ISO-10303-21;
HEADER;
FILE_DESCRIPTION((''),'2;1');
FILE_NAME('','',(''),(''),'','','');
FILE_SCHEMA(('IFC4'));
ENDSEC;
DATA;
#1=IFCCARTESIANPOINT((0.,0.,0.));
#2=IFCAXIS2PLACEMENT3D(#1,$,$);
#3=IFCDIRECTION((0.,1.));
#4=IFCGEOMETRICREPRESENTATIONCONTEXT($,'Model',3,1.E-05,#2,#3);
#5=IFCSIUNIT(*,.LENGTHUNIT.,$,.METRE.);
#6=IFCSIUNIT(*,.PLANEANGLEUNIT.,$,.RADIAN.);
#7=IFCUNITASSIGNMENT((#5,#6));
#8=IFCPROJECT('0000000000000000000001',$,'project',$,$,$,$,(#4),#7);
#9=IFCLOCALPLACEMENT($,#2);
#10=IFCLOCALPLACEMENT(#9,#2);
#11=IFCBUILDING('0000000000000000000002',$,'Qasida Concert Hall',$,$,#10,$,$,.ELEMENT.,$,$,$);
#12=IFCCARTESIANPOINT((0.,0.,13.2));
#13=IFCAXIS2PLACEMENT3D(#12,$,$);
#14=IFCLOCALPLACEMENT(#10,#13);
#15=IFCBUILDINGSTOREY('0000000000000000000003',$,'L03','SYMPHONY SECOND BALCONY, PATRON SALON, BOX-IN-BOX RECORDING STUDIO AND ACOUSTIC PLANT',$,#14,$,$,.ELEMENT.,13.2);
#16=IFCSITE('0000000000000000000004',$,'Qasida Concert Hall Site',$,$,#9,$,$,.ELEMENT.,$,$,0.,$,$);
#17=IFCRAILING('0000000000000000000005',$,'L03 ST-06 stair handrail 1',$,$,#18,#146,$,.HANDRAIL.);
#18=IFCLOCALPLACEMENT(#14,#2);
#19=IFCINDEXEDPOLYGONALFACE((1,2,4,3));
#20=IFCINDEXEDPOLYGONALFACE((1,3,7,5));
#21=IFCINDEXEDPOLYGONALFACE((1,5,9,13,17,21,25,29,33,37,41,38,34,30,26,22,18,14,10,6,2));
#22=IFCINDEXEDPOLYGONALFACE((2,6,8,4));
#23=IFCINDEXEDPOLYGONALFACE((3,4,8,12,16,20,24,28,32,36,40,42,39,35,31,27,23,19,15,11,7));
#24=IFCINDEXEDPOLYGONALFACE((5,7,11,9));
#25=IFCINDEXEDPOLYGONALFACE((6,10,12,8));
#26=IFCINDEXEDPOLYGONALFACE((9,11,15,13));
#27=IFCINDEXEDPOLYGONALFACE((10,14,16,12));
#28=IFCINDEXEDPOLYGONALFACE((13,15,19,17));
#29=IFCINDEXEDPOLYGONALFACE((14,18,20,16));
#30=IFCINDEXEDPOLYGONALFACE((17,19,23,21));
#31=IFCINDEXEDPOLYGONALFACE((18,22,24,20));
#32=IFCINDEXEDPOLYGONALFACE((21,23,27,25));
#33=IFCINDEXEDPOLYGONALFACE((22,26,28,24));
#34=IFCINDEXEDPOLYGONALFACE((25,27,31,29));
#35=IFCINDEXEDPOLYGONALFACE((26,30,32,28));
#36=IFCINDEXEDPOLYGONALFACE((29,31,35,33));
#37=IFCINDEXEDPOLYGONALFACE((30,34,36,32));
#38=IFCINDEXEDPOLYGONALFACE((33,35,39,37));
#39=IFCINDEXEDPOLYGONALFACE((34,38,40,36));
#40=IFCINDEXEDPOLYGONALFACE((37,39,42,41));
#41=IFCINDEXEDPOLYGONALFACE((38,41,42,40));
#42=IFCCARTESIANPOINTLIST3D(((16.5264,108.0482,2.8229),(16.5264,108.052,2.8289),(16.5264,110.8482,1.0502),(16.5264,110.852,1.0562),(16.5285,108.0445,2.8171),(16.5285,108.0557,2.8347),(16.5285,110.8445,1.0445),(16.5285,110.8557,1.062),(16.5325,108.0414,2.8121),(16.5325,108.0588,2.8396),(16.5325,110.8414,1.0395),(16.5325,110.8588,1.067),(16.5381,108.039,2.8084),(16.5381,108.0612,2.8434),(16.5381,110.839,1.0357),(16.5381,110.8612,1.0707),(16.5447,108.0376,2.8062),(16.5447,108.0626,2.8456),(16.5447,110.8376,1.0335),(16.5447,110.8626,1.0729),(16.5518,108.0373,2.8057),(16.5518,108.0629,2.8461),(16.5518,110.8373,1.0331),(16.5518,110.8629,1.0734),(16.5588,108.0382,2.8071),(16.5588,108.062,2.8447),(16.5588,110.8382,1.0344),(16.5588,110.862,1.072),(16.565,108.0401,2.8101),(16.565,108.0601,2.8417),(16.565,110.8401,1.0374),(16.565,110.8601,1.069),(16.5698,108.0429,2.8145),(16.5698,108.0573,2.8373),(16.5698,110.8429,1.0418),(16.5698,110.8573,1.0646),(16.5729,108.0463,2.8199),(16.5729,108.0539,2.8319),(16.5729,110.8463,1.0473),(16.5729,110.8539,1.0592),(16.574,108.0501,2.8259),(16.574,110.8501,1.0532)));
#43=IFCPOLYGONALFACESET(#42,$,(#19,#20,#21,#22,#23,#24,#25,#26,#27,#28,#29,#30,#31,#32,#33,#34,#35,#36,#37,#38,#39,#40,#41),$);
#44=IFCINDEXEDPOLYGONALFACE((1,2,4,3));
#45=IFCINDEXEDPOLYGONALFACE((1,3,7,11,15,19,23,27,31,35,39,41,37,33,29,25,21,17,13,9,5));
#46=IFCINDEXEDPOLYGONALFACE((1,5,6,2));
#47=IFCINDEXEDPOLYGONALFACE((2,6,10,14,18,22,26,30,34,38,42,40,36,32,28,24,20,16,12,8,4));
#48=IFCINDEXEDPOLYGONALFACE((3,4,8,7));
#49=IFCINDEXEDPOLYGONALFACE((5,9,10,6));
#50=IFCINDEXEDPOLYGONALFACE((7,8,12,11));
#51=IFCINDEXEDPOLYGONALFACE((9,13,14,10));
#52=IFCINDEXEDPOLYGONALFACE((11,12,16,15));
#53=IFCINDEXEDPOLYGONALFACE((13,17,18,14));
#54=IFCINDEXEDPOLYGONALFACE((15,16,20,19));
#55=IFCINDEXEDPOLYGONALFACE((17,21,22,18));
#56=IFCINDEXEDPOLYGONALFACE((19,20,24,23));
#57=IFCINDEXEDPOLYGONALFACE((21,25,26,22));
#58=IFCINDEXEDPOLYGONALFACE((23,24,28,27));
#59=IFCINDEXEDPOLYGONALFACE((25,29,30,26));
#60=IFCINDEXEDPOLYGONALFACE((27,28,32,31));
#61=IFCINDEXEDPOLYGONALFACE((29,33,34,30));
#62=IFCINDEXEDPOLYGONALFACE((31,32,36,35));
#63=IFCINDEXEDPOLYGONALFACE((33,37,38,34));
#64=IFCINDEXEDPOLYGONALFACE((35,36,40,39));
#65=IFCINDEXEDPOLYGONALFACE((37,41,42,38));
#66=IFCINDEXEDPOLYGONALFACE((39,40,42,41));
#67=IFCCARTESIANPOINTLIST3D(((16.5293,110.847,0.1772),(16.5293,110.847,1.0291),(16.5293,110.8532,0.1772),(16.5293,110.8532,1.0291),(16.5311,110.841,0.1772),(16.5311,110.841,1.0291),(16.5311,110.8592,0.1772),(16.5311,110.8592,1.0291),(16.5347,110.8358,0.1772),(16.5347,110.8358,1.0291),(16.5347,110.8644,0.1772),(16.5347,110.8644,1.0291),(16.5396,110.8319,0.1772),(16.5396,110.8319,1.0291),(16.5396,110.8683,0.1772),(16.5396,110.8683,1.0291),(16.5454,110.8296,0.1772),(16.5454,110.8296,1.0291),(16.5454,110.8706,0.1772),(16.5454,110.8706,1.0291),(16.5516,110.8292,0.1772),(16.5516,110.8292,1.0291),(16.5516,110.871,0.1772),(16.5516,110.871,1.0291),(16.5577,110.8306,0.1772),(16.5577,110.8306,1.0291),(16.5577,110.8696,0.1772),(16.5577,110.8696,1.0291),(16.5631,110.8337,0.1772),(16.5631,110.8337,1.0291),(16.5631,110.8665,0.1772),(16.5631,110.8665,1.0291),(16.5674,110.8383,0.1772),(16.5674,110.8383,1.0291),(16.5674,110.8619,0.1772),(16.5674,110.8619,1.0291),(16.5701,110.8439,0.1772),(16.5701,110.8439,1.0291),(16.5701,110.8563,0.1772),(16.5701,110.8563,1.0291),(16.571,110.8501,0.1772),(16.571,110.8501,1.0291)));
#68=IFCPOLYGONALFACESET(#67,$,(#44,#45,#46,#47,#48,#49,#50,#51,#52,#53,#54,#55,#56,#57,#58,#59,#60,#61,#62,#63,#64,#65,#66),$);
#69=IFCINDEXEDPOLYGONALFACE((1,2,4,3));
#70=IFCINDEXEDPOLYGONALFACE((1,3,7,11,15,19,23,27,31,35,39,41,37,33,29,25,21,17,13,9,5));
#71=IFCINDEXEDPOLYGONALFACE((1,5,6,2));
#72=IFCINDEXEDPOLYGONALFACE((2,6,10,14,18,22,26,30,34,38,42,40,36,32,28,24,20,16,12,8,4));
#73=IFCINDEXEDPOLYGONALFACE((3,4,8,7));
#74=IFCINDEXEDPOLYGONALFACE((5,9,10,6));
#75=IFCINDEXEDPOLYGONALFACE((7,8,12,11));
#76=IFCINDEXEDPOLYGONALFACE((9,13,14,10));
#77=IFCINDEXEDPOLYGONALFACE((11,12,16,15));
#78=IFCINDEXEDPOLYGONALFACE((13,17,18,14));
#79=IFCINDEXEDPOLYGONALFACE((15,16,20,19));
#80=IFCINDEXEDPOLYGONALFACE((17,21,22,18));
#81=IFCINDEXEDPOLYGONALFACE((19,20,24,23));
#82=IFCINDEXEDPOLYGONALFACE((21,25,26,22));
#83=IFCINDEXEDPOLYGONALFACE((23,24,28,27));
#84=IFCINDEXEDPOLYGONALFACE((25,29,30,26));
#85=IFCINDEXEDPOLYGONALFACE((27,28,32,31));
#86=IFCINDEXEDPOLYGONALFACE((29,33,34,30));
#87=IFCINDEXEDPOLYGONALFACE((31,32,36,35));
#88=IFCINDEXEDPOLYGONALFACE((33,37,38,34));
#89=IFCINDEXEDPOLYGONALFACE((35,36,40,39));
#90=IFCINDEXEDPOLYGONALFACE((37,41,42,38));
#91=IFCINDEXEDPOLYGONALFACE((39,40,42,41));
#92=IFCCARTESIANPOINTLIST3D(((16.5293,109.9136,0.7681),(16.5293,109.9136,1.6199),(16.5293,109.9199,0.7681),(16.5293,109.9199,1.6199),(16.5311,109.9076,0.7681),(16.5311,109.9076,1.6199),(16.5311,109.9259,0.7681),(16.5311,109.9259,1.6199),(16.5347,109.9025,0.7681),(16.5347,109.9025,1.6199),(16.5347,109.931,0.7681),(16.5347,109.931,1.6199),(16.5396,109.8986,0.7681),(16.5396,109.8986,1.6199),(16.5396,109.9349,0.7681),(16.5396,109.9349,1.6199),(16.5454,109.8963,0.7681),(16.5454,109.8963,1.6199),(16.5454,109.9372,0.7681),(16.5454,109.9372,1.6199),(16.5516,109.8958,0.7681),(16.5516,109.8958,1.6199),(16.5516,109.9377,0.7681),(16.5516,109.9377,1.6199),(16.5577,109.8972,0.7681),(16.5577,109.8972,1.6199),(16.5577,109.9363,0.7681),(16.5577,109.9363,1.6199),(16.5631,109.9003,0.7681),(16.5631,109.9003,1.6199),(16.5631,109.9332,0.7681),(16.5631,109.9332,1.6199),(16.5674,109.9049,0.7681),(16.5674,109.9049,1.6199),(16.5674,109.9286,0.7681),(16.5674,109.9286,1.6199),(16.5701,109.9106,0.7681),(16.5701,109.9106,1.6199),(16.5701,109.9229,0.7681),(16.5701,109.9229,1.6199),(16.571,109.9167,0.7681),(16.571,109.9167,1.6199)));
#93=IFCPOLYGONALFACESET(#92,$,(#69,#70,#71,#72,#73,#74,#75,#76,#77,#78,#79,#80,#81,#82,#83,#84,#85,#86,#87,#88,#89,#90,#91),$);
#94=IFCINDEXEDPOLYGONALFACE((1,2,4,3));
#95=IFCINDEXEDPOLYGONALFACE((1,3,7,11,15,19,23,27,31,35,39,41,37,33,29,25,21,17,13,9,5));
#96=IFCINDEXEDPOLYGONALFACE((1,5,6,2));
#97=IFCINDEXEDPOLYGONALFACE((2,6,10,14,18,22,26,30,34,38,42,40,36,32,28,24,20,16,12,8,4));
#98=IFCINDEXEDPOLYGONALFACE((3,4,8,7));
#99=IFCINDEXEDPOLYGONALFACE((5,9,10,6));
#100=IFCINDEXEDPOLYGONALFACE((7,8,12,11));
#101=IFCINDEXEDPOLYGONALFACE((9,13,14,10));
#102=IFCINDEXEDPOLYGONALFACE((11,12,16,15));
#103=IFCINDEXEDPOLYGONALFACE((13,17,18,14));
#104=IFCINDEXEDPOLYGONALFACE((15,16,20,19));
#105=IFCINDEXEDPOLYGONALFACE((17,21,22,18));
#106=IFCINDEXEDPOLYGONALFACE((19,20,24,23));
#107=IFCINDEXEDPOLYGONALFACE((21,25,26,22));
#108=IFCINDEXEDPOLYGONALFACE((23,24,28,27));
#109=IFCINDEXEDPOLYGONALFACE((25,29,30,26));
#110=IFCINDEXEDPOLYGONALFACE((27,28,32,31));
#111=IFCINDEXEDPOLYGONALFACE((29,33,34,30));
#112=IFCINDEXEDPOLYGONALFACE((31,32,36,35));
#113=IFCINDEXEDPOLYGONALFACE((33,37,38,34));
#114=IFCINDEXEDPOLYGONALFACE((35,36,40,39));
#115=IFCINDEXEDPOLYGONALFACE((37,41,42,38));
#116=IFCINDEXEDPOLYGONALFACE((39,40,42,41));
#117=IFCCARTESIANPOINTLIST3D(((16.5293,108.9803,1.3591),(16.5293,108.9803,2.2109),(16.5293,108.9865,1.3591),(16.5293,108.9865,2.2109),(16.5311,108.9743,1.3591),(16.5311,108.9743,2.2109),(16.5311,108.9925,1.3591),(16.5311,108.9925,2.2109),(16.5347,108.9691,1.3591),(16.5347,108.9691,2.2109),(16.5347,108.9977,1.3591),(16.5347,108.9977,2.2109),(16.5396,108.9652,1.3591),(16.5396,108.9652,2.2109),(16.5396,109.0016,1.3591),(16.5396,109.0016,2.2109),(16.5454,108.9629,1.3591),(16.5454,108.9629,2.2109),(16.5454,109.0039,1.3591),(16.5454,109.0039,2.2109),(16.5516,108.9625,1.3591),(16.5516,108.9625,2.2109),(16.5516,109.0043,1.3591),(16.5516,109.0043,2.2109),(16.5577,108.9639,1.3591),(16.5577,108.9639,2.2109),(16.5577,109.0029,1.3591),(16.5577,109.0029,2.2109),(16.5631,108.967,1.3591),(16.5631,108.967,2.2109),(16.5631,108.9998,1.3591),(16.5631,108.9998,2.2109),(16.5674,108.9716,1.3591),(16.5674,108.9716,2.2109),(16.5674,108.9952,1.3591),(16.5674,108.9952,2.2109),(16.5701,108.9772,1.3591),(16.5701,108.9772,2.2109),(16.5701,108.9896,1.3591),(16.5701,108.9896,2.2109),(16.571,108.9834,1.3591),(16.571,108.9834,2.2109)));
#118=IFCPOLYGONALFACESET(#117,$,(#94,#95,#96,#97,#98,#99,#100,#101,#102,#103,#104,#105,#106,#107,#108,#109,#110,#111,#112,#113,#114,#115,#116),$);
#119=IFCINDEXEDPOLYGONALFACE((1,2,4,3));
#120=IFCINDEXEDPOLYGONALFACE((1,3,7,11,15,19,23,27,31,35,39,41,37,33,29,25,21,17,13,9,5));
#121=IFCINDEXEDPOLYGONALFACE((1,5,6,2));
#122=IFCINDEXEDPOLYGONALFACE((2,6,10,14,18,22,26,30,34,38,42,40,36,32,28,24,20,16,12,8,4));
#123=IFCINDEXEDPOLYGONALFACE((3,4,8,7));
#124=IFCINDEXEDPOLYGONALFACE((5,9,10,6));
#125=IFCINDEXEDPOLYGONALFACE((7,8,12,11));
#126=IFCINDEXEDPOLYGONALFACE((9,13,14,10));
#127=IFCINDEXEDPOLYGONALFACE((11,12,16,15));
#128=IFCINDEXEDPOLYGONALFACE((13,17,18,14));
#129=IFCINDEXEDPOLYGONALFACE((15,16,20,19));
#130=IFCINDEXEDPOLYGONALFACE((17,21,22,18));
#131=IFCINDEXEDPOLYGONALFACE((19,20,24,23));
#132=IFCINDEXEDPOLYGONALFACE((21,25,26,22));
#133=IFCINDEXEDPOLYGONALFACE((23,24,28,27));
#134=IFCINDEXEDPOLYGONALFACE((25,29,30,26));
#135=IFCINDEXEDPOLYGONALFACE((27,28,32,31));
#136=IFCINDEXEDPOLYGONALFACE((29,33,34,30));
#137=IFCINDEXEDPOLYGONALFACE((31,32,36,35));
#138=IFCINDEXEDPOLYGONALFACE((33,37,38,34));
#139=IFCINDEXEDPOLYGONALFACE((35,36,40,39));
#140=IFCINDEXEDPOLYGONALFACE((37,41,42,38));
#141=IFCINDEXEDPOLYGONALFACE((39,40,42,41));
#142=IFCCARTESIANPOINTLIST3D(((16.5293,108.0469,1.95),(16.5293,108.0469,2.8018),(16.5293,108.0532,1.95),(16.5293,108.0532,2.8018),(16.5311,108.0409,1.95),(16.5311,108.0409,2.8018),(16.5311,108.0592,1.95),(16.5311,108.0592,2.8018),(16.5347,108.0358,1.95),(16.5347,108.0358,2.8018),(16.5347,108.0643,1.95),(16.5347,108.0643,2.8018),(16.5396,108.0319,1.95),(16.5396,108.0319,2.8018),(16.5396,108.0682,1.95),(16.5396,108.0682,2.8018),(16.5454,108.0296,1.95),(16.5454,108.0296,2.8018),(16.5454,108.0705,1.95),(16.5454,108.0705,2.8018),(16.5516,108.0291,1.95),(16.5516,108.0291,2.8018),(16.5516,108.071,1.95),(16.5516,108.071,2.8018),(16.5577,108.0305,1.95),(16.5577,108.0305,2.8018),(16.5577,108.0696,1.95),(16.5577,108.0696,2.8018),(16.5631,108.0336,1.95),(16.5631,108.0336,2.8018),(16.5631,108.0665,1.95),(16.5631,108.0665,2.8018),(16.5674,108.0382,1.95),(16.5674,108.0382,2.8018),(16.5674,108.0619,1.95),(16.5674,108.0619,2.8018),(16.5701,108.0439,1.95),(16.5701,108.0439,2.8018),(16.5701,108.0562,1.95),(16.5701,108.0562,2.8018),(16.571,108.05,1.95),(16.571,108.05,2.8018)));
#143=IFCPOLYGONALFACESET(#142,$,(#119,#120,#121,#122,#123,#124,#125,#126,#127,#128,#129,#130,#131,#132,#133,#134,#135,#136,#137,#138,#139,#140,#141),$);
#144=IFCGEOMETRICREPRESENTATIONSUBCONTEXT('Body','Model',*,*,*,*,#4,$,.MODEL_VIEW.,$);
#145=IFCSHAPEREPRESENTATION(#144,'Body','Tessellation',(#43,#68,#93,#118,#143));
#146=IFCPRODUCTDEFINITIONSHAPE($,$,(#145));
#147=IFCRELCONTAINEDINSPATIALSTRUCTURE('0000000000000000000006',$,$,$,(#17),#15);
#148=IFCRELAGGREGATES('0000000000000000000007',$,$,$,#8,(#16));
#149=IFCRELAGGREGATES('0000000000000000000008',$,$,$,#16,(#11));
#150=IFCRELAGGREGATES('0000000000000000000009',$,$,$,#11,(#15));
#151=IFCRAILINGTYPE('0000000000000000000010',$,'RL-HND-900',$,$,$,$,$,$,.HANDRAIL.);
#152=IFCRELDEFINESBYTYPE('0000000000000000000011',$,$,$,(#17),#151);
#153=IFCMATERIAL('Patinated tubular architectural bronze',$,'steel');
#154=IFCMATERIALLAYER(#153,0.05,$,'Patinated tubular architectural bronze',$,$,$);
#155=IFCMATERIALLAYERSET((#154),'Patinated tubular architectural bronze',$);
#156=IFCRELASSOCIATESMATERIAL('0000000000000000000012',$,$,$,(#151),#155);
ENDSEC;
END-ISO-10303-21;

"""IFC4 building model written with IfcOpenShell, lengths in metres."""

from ifc_helpers import new_model, si_unit, direction, frame, origin, origin_2d, place, context, subcontext, project, spatial, circle, extrude, material, layer, layer_set, type_object, element, save


model = new_model("IFC4")

# Units and contexts
model_context = context("Model", 3, precision=1e-05, world=origin(), true_north=direction((0.0, 1.0)))
body_context = subcontext(model_context, "Body", "Model", "MODEL_VIEW")
ifc_project = project(units=[si_unit("LENGTHUNIT", "METRE"), si_unit("PLANEANGLEUNIT", "RADIAN")], contexts=[model_context])

# Site, building, storey
site_placement = place(None, origin())
site = spatial("IfcSite", under=ifc_project, at=site_placement, Name="Qasida Concert Hall Site", CompositionType="ELEMENT", RefElevation=0.0)
building_placement = place(site_placement, origin())
building = spatial("IfcBuilding", under=site, at=building_placement, Name="Qasida Concert Hall", CompositionType="ELEMENT")
storey_placement = place(building_placement, frame((0.0, 0.0, 13.2)))
storey = spatial("IfcBuildingStorey", under=building, at=storey_placement, Name="L03", Description="SYMPHONY SECOND BALCONY, PATRON SALON, BOX-IN-BOX RECORDING STUDIO AND ACOUSTIC PLANT", CompositionType="ELEMENT", Elevation=13.2)

# Railing
ifc_material_1 = material(Name="Patinated tubular architectural bronze", Category="steel")
ifc_layer_1 = layer(ifc_material_1, 0.05, Name="Patinated tubular architectural bronze")
ifc_layer_set_1 = layer_set([ifc_layer_1], Name="Patinated tubular architectural bronze")
railing_type_1 = type_object("IfcRailingType", Name="RL-HND-900", PredefinedType="HANDRAIL", material=ifc_layer_set_1)
railing_1_placement = place(storey_placement, frame((16.55, 110.8501, 0.1772)))
element("IfcRailing", 1, at=railing_1_placement, inside=storey, type_object=railing_type_1, Name="L03 ST-06 stair handrail 1", PredefinedType="HANDRAIL", context=body_context, shape_type="SweptSolid", body=[
    extrude(circle(Radius=0.0239, at=origin_2d()), frame((0.0, 0.0, 0.876), z_axis=(0.0, -0.844909, 0.53491), x_axis=(1.0, 0.0, 0.0)), (0.0, 0.0, 1.0), 3.314),
    extrude(circle(Radius=0.021, at=origin_2d()), origin(), (0.0, 0.0, 1.0), 0.8518),
    extrude(circle(Radius=0.021, at=origin_2d()), frame((0.0, -0.9333, 0.5908)), (0.0, 0.0, 1.0), 0.8518),
    extrude(circle(Radius=0.021, at=origin_2d()), frame((0.0, -1.8667, 1.1819)), (0.0, 0.0, 1.0), 0.8518),
    extrude(circle(Radius=0.021, at=origin_2d()), frame((0.0, -2.8, 1.7727)), (0.0, 0.0, 1.0), 0.8518),
])

save(model, "model.ifc")
